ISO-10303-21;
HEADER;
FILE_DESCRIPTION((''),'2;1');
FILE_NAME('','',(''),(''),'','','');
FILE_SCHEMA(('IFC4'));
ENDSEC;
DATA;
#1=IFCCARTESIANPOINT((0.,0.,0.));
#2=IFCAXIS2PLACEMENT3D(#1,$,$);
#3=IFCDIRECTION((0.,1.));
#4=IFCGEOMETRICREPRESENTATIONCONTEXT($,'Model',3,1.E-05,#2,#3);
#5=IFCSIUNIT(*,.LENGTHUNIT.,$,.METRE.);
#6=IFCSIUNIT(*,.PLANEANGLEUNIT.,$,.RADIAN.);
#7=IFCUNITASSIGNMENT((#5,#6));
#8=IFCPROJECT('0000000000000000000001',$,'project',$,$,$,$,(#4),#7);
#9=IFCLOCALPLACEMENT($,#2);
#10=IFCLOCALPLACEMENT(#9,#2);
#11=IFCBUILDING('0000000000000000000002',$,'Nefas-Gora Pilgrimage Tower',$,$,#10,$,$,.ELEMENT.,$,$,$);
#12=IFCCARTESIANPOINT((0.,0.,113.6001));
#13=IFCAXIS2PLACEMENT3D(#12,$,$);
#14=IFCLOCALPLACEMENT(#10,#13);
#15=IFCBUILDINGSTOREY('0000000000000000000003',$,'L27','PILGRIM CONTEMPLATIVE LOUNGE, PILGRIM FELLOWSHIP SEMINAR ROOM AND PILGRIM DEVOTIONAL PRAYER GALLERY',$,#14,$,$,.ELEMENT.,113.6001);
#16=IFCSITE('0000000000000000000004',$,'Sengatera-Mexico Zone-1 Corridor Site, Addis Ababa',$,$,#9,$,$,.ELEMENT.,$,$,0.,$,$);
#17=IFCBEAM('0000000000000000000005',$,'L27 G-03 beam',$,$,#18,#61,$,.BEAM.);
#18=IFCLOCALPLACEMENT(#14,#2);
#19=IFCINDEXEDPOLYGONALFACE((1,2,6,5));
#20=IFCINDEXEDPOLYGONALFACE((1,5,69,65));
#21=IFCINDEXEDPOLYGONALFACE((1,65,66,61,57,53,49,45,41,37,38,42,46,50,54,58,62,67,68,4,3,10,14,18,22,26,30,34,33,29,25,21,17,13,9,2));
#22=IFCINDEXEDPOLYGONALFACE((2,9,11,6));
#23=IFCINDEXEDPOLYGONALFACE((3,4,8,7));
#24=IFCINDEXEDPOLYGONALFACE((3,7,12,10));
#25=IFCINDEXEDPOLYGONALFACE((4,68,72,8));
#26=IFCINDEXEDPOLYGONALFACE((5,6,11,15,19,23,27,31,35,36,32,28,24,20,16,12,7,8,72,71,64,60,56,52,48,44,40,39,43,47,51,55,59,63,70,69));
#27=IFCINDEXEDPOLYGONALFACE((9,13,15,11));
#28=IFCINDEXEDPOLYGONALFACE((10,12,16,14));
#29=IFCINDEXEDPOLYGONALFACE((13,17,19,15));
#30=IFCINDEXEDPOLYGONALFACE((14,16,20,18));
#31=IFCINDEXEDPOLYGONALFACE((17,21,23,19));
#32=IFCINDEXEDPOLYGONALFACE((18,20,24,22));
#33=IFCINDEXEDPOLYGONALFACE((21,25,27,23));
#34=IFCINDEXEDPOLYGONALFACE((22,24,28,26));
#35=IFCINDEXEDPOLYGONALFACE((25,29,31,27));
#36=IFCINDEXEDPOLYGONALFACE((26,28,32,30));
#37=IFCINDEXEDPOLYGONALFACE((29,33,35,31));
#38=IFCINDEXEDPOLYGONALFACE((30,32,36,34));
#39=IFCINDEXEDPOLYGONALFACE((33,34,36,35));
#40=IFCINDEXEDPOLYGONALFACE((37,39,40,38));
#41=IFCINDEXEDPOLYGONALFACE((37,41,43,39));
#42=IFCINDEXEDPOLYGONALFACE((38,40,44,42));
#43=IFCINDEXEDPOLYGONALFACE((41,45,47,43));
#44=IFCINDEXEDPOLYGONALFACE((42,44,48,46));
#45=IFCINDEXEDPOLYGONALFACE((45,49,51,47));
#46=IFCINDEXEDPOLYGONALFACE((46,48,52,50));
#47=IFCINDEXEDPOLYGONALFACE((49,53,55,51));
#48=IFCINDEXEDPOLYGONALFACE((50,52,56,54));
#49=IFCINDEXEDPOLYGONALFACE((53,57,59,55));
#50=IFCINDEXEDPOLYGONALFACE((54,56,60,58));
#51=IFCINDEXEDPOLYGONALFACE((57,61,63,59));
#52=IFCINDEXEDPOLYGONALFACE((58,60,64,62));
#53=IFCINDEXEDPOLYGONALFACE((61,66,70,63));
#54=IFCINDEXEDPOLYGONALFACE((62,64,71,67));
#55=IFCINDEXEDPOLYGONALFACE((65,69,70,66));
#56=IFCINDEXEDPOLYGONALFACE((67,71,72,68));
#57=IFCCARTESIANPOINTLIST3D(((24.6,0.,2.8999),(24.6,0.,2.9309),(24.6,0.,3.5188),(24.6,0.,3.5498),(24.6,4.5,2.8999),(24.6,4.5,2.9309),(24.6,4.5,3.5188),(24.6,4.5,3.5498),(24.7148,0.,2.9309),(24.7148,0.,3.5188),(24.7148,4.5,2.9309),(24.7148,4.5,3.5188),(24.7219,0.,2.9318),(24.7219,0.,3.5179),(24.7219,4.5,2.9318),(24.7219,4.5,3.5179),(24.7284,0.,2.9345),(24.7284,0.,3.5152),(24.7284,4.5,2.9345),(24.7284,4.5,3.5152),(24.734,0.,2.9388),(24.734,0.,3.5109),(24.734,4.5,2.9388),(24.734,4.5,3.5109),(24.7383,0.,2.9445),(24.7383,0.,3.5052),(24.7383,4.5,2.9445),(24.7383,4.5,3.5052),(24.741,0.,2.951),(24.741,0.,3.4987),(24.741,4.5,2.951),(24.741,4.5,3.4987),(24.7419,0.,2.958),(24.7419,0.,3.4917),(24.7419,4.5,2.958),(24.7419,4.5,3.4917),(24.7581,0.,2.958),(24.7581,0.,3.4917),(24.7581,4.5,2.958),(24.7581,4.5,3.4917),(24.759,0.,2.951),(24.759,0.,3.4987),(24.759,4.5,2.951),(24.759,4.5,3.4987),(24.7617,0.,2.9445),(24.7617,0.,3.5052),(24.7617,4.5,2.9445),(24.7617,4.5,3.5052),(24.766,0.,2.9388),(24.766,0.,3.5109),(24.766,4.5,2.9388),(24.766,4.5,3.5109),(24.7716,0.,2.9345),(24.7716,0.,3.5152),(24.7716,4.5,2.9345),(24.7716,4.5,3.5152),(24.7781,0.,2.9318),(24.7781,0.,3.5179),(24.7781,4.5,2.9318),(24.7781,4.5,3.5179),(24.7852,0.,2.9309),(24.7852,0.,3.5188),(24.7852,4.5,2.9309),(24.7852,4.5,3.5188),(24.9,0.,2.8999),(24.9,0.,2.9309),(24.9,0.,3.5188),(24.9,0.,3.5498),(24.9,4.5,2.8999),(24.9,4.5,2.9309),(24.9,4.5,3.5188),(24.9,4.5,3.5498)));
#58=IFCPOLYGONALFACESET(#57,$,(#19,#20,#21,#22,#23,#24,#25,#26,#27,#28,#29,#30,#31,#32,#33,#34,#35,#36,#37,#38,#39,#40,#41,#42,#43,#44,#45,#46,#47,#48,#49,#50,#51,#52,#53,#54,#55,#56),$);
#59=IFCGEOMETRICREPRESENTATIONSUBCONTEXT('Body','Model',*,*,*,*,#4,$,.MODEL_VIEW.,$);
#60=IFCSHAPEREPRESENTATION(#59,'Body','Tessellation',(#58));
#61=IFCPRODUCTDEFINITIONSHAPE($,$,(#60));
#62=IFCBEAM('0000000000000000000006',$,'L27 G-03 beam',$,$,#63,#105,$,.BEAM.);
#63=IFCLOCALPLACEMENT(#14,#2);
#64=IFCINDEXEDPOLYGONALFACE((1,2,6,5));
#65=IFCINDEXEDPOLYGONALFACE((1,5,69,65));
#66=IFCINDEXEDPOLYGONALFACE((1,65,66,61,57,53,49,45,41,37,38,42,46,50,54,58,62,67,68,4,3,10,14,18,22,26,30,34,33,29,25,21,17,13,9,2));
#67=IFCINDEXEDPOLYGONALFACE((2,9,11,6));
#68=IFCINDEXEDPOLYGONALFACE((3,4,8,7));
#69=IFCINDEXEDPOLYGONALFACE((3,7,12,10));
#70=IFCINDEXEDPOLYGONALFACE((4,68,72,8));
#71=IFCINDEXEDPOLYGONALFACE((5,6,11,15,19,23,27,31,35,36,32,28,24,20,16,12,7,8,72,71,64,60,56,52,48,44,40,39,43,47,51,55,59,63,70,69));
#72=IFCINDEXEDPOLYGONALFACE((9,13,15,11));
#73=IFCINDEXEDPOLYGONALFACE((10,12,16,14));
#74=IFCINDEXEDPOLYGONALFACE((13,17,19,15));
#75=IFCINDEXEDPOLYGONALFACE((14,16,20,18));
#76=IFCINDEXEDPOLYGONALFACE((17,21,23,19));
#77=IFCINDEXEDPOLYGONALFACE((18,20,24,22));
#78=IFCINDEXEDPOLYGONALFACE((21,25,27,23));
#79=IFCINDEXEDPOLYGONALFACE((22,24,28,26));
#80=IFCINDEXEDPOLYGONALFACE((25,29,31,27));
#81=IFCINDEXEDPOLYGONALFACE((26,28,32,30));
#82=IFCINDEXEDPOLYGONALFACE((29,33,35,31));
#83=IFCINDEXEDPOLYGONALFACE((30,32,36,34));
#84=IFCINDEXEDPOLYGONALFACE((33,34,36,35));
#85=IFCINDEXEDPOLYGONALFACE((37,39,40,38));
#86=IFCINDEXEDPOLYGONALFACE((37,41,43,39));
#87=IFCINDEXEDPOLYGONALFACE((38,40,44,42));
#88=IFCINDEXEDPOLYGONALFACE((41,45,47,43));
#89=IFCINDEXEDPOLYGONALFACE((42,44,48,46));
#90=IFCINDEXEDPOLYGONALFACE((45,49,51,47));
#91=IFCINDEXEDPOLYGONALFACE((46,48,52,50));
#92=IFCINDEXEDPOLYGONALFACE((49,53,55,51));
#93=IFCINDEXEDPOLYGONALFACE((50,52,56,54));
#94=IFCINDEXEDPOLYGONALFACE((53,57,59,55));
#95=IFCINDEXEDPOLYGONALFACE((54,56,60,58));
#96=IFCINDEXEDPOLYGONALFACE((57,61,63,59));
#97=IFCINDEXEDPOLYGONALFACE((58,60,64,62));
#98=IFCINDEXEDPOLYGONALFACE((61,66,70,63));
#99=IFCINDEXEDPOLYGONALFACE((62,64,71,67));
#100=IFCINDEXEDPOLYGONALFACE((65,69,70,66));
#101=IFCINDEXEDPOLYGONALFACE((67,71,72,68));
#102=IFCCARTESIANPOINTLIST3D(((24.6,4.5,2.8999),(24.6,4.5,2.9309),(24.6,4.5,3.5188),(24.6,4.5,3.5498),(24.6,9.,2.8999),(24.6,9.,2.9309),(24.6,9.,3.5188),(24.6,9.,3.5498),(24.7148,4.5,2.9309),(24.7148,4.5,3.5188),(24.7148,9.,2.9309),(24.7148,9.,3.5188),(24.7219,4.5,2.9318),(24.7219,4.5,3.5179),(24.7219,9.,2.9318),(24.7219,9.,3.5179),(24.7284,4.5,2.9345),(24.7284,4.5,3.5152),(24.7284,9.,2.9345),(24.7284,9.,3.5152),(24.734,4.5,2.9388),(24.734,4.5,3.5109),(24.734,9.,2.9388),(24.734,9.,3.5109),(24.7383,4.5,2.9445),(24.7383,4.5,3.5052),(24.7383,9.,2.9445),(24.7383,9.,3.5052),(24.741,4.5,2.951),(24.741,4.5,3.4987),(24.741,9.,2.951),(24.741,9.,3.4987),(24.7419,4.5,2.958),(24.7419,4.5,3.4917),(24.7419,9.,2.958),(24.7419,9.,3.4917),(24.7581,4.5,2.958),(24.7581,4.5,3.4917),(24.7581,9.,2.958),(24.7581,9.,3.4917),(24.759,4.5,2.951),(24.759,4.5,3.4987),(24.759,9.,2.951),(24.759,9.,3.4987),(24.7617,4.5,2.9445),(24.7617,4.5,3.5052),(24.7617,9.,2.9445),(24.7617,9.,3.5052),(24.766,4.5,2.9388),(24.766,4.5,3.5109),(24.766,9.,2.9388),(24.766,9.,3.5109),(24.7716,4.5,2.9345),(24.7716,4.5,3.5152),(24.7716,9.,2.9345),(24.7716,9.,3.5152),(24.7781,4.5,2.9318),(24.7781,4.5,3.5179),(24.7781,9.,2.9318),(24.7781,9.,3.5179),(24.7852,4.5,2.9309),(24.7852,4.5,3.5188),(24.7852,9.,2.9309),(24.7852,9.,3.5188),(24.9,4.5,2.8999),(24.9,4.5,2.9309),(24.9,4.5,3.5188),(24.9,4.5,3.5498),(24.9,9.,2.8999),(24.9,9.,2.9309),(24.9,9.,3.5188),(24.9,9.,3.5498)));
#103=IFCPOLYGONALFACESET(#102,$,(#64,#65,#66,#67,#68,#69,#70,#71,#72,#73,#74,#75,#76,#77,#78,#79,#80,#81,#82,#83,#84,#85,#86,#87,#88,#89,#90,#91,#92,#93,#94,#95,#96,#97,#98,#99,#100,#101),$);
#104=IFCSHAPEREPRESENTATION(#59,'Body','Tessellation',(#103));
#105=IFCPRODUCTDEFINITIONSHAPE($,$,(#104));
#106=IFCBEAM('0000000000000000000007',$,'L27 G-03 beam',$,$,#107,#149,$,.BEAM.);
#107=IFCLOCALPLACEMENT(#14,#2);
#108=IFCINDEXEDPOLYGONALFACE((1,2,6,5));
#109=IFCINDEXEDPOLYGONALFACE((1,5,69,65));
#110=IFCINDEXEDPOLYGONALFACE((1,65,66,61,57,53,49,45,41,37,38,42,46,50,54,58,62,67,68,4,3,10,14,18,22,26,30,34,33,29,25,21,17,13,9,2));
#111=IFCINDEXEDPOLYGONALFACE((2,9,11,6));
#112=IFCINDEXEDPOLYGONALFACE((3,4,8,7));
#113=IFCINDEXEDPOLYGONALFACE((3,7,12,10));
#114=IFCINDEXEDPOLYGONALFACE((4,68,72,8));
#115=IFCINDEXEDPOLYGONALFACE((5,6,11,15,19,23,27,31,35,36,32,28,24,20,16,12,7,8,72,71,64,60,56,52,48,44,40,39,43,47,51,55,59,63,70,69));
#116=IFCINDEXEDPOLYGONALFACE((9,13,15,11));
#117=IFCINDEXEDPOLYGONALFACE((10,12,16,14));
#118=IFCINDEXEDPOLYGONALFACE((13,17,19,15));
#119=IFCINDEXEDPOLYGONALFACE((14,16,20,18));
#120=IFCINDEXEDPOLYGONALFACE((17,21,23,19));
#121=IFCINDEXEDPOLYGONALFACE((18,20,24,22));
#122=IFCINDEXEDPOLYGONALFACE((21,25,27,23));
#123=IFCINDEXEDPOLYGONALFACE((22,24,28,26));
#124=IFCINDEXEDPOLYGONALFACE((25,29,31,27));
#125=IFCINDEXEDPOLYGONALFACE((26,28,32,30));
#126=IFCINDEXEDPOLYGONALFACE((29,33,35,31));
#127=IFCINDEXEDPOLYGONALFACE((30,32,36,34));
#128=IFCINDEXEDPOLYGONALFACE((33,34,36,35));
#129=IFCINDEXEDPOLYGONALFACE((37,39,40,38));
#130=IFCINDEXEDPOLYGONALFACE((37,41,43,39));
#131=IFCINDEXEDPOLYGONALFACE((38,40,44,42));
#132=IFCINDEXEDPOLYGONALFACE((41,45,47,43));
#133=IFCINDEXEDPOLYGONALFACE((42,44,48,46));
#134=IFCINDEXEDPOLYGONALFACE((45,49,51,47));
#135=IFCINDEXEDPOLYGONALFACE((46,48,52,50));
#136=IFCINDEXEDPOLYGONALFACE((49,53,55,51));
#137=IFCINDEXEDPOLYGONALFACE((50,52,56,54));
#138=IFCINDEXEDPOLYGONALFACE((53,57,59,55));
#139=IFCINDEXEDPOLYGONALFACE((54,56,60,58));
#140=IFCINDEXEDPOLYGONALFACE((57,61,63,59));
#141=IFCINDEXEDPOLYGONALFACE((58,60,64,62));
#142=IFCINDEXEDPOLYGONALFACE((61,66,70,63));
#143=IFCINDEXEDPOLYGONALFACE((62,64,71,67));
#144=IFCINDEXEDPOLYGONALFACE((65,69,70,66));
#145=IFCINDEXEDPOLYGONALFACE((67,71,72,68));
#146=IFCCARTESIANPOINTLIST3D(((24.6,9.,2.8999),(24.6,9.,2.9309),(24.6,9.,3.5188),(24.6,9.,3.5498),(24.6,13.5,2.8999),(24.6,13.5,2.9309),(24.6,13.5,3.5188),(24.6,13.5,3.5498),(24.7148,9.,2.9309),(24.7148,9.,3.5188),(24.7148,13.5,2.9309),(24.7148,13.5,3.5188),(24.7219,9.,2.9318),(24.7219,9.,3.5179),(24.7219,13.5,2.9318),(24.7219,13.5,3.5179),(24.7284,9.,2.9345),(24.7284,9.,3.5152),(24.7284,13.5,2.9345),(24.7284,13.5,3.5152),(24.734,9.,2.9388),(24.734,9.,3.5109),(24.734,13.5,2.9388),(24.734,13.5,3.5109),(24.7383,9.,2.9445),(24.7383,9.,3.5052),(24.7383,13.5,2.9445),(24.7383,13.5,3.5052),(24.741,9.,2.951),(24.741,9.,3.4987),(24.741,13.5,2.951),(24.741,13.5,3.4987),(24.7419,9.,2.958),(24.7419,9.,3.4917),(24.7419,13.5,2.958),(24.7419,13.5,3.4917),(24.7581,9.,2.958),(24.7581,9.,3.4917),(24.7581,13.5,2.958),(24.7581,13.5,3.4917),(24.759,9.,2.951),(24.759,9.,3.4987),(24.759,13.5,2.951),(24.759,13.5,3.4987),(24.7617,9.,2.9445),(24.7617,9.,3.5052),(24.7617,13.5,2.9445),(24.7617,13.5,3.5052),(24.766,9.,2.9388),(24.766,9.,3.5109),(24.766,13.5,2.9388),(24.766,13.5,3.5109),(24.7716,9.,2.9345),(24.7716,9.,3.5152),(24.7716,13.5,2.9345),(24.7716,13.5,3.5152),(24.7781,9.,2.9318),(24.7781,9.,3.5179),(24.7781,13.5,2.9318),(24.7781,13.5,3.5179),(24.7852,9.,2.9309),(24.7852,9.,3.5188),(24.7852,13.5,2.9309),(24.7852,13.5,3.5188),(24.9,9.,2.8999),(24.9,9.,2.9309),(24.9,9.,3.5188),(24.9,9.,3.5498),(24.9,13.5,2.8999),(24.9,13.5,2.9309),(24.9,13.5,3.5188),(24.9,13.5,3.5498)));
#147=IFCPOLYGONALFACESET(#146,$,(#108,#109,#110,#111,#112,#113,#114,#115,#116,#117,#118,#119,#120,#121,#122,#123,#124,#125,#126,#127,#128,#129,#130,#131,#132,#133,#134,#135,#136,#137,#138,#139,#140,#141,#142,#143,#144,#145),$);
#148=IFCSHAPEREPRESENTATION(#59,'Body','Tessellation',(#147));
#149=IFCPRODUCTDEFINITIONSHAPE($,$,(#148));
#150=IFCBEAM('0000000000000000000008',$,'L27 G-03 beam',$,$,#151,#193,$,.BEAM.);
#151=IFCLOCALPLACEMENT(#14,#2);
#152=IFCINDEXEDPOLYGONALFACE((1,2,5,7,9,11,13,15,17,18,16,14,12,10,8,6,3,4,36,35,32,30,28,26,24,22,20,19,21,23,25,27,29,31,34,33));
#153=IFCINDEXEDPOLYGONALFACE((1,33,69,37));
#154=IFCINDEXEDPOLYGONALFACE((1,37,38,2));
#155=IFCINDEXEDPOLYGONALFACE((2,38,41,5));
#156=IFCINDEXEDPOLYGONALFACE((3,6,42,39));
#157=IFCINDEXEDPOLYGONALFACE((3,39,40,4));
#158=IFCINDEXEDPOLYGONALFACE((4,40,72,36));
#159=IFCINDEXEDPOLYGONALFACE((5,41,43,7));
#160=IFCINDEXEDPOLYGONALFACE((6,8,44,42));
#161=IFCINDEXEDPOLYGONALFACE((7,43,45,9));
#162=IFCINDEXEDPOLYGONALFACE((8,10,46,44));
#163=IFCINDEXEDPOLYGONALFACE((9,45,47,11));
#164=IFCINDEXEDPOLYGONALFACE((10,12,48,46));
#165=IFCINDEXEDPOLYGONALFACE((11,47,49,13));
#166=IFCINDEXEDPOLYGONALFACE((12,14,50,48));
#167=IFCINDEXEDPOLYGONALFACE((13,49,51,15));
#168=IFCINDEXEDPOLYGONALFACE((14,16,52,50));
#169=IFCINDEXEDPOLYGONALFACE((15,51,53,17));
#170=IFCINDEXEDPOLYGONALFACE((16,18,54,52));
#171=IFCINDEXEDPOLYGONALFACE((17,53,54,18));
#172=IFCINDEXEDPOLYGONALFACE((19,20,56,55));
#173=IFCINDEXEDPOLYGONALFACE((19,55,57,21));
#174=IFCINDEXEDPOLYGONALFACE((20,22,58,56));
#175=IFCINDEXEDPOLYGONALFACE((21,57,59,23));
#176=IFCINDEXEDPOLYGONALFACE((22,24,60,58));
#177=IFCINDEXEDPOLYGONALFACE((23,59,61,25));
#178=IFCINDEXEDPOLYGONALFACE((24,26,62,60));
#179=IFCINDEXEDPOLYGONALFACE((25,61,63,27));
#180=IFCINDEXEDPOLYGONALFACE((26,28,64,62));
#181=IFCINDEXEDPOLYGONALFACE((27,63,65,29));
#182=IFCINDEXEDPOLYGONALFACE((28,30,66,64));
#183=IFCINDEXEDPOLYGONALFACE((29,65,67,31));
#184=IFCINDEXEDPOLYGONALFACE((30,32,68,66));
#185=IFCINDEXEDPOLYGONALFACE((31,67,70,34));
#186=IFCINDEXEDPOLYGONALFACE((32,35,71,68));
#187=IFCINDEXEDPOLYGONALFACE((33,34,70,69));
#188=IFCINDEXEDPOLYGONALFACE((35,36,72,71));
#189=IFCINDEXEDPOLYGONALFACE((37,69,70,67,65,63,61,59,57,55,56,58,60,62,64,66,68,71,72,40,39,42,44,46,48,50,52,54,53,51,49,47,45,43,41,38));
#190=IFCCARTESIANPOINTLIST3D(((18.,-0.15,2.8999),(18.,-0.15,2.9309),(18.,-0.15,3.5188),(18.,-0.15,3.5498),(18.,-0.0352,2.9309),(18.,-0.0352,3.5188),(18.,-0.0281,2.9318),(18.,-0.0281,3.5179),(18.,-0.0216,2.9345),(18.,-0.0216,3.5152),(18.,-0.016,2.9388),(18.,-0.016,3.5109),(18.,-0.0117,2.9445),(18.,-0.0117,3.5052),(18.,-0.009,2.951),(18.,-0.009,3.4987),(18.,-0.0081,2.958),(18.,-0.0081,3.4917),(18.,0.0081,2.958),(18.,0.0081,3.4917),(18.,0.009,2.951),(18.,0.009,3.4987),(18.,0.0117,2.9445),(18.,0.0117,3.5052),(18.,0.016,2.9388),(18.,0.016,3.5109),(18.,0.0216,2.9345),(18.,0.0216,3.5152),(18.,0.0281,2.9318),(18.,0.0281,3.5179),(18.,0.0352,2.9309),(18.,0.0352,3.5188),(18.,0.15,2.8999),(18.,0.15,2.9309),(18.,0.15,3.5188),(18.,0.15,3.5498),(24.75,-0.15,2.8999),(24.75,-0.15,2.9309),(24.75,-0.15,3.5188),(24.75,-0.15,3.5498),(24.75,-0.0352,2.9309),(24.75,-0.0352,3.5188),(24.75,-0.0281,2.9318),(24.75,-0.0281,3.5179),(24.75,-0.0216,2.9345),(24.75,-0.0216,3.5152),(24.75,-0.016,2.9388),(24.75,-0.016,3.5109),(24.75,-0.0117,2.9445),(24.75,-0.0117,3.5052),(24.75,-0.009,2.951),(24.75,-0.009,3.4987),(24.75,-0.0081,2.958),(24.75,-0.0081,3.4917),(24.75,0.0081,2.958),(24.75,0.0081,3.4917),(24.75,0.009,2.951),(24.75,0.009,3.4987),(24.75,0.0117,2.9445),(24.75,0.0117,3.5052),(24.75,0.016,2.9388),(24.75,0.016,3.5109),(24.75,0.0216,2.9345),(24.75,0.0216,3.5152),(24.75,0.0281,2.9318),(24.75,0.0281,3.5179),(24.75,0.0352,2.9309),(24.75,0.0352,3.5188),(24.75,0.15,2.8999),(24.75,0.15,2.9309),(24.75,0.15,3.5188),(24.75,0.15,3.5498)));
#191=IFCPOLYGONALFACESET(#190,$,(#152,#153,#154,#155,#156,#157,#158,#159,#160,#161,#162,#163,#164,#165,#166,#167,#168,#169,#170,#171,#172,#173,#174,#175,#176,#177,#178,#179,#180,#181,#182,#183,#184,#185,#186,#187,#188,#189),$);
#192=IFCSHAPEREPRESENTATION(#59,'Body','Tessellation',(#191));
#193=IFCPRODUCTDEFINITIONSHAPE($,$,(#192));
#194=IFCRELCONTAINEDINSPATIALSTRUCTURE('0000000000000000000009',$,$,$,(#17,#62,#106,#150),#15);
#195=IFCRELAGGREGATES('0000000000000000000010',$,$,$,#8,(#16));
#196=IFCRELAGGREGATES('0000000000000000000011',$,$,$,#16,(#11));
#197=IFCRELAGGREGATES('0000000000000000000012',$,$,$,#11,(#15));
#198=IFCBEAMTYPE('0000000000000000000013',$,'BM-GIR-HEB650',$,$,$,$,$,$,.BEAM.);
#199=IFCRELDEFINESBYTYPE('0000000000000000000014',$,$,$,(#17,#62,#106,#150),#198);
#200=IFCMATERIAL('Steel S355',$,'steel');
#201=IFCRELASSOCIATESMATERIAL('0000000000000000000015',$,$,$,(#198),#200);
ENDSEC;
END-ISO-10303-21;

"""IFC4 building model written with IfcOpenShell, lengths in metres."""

from ifc_helpers import new_model, si_unit, direction, frame, origin, origin_2d, place, context, subcontext, project, spatial, i_section, extrude, source, transform, mapped, material, material_profile, profile_set, type_object, element, save


model = new_model("IFC4")

# Units and contexts
model_context = context("Model", 3, precision=1e-05, world=origin(), true_north=direction((0.0, 1.0)))
body_context = subcontext(model_context, "Body", "Model", "MODEL_VIEW")
ifc_project = project(units=[si_unit("LENGTHUNIT", "METRE"), si_unit("PLANEANGLEUNIT", "RADIAN")], contexts=[model_context])

# Site, building, storey
site_placement = place(None, origin())
site = spatial("IfcSite", under=ifc_project, at=site_placement, Name="Sengatera-Mexico Zone-1 Corridor Site, Addis Ababa", CompositionType="ELEMENT", RefElevation=0.0)
building_placement = place(site_placement, origin())
building = spatial("IfcBuilding", under=site, at=building_placement, Name="Nefas-Gora Pilgrimage Tower", CompositionType="ELEMENT")
storey_placement = place(building_placement, frame((0.0, 0.0, 113.6001)))
storey = spatial("IfcBuildingStorey", under=building, at=storey_placement, Name="L27", Description="PILGRIM CONTEMPLATIVE LOUNGE, PILGRIM FELLOWSHIP SEMINAR ROOM AND PILGRIM DEVOTIONAL PRAYER GALLERY", CompositionType="ELEMENT", Elevation=113.6001)

# Beams
ifc_material_1 = material(Name="Steel S355", Category="steel")
ifc_material_profile_1 = material_profile(ifc_material_1, i_section(OverallWidth=0.3, OverallDepth=0.6499, WebThickness=0.0161, FlangeThickness=0.031, FilletRadius=0.0271, at=origin_2d()), Name="HEB 650")
ifc_profile_set_1 = profile_set([ifc_material_profile_1], Name="Steel S355")
beam_type_1 = type_object("IfcBeamType", Name="BM-GIR-HEB650", PredefinedType="BEAM", material=ifc_profile_set_1)
shared_shape_1 = source(origin(), body_context, "Body", "SweptSolid", [
    extrude(i_section(OverallWidth=0.3, OverallDepth=0.6499, WebThickness=0.0161, FlangeThickness=0.031, FilletRadius=0.0271, at=origin_2d()), origin(), (0.0, 0.0, 1.0), 4.5),
])
for number, where, z_axis, x_axis, name in (
    (1, (24.75, 0.0, 3.2249), (0.0, 1.0, 0.0), (-1.0, 0.0, 0.0), "L27 G-03 beam"),
    (2, (24.75, 4.5, 3.2249), (0.0, 1.0, 0.0), (-1.0, 0.0, 0.0), "L27 G-03 beam"),
    (3, (24.75, 9.0, 3.2249), (0.0, 1.0, 0.0), (-1.0, 0.0, 0.0), "L27 G-03 beam"),
):
    element("IfcBeam", number, at=place(storey_placement, frame(where, z_axis=z_axis, x_axis=x_axis)), inside=storey, type_object=beam_type_1, Name=name, PredefinedType="BEAM", context=body_context, shape_type="MappedRepresentation", body=[
        mapped(shared_shape_1, transform((0.0, 0.0, 0.0), x_axis=(1.0, 0.0, 0.0), y_axis=(0.0, 1.0, 0.0), z_axis=(0.0, 0.0, 1.0), scale=1.0)),
    ])
shared_shape_2 = source(origin(), body_context, "Body", "SweptSolid", [
    extrude(i_section(OverallWidth=0.3, OverallDepth=0.6499, WebThickness=0.0161, FlangeThickness=0.031, FilletRadius=0.0271, at=origin_2d()), origin(), (0.0, 0.0, 1.0), 6.75),
])
for number, where, z_axis, x_axis, name in (
    (4, (18.0, 0.0, 3.2249), (1.0, 0.0, 0.0), (0.0, 1.0, 0.0), "L27 G-03 beam"),
):
    element("IfcBeam", number, at=place(storey_placement, frame(where, z_axis=z_axis, x_axis=x_axis)), inside=storey, type_object=beam_type_1, Name=name, PredefinedType="BEAM", context=body_context, shape_type="MappedRepresentation", body=[
        mapped(shared_shape_2, transform((0.0, 0.0, 0.0), x_axis=(1.0, 0.0, 0.0), y_axis=(0.0, 1.0, 0.0), z_axis=(0.0, 0.0, 1.0), scale=1.0)),
    ])

save(model, "model.ifc")
